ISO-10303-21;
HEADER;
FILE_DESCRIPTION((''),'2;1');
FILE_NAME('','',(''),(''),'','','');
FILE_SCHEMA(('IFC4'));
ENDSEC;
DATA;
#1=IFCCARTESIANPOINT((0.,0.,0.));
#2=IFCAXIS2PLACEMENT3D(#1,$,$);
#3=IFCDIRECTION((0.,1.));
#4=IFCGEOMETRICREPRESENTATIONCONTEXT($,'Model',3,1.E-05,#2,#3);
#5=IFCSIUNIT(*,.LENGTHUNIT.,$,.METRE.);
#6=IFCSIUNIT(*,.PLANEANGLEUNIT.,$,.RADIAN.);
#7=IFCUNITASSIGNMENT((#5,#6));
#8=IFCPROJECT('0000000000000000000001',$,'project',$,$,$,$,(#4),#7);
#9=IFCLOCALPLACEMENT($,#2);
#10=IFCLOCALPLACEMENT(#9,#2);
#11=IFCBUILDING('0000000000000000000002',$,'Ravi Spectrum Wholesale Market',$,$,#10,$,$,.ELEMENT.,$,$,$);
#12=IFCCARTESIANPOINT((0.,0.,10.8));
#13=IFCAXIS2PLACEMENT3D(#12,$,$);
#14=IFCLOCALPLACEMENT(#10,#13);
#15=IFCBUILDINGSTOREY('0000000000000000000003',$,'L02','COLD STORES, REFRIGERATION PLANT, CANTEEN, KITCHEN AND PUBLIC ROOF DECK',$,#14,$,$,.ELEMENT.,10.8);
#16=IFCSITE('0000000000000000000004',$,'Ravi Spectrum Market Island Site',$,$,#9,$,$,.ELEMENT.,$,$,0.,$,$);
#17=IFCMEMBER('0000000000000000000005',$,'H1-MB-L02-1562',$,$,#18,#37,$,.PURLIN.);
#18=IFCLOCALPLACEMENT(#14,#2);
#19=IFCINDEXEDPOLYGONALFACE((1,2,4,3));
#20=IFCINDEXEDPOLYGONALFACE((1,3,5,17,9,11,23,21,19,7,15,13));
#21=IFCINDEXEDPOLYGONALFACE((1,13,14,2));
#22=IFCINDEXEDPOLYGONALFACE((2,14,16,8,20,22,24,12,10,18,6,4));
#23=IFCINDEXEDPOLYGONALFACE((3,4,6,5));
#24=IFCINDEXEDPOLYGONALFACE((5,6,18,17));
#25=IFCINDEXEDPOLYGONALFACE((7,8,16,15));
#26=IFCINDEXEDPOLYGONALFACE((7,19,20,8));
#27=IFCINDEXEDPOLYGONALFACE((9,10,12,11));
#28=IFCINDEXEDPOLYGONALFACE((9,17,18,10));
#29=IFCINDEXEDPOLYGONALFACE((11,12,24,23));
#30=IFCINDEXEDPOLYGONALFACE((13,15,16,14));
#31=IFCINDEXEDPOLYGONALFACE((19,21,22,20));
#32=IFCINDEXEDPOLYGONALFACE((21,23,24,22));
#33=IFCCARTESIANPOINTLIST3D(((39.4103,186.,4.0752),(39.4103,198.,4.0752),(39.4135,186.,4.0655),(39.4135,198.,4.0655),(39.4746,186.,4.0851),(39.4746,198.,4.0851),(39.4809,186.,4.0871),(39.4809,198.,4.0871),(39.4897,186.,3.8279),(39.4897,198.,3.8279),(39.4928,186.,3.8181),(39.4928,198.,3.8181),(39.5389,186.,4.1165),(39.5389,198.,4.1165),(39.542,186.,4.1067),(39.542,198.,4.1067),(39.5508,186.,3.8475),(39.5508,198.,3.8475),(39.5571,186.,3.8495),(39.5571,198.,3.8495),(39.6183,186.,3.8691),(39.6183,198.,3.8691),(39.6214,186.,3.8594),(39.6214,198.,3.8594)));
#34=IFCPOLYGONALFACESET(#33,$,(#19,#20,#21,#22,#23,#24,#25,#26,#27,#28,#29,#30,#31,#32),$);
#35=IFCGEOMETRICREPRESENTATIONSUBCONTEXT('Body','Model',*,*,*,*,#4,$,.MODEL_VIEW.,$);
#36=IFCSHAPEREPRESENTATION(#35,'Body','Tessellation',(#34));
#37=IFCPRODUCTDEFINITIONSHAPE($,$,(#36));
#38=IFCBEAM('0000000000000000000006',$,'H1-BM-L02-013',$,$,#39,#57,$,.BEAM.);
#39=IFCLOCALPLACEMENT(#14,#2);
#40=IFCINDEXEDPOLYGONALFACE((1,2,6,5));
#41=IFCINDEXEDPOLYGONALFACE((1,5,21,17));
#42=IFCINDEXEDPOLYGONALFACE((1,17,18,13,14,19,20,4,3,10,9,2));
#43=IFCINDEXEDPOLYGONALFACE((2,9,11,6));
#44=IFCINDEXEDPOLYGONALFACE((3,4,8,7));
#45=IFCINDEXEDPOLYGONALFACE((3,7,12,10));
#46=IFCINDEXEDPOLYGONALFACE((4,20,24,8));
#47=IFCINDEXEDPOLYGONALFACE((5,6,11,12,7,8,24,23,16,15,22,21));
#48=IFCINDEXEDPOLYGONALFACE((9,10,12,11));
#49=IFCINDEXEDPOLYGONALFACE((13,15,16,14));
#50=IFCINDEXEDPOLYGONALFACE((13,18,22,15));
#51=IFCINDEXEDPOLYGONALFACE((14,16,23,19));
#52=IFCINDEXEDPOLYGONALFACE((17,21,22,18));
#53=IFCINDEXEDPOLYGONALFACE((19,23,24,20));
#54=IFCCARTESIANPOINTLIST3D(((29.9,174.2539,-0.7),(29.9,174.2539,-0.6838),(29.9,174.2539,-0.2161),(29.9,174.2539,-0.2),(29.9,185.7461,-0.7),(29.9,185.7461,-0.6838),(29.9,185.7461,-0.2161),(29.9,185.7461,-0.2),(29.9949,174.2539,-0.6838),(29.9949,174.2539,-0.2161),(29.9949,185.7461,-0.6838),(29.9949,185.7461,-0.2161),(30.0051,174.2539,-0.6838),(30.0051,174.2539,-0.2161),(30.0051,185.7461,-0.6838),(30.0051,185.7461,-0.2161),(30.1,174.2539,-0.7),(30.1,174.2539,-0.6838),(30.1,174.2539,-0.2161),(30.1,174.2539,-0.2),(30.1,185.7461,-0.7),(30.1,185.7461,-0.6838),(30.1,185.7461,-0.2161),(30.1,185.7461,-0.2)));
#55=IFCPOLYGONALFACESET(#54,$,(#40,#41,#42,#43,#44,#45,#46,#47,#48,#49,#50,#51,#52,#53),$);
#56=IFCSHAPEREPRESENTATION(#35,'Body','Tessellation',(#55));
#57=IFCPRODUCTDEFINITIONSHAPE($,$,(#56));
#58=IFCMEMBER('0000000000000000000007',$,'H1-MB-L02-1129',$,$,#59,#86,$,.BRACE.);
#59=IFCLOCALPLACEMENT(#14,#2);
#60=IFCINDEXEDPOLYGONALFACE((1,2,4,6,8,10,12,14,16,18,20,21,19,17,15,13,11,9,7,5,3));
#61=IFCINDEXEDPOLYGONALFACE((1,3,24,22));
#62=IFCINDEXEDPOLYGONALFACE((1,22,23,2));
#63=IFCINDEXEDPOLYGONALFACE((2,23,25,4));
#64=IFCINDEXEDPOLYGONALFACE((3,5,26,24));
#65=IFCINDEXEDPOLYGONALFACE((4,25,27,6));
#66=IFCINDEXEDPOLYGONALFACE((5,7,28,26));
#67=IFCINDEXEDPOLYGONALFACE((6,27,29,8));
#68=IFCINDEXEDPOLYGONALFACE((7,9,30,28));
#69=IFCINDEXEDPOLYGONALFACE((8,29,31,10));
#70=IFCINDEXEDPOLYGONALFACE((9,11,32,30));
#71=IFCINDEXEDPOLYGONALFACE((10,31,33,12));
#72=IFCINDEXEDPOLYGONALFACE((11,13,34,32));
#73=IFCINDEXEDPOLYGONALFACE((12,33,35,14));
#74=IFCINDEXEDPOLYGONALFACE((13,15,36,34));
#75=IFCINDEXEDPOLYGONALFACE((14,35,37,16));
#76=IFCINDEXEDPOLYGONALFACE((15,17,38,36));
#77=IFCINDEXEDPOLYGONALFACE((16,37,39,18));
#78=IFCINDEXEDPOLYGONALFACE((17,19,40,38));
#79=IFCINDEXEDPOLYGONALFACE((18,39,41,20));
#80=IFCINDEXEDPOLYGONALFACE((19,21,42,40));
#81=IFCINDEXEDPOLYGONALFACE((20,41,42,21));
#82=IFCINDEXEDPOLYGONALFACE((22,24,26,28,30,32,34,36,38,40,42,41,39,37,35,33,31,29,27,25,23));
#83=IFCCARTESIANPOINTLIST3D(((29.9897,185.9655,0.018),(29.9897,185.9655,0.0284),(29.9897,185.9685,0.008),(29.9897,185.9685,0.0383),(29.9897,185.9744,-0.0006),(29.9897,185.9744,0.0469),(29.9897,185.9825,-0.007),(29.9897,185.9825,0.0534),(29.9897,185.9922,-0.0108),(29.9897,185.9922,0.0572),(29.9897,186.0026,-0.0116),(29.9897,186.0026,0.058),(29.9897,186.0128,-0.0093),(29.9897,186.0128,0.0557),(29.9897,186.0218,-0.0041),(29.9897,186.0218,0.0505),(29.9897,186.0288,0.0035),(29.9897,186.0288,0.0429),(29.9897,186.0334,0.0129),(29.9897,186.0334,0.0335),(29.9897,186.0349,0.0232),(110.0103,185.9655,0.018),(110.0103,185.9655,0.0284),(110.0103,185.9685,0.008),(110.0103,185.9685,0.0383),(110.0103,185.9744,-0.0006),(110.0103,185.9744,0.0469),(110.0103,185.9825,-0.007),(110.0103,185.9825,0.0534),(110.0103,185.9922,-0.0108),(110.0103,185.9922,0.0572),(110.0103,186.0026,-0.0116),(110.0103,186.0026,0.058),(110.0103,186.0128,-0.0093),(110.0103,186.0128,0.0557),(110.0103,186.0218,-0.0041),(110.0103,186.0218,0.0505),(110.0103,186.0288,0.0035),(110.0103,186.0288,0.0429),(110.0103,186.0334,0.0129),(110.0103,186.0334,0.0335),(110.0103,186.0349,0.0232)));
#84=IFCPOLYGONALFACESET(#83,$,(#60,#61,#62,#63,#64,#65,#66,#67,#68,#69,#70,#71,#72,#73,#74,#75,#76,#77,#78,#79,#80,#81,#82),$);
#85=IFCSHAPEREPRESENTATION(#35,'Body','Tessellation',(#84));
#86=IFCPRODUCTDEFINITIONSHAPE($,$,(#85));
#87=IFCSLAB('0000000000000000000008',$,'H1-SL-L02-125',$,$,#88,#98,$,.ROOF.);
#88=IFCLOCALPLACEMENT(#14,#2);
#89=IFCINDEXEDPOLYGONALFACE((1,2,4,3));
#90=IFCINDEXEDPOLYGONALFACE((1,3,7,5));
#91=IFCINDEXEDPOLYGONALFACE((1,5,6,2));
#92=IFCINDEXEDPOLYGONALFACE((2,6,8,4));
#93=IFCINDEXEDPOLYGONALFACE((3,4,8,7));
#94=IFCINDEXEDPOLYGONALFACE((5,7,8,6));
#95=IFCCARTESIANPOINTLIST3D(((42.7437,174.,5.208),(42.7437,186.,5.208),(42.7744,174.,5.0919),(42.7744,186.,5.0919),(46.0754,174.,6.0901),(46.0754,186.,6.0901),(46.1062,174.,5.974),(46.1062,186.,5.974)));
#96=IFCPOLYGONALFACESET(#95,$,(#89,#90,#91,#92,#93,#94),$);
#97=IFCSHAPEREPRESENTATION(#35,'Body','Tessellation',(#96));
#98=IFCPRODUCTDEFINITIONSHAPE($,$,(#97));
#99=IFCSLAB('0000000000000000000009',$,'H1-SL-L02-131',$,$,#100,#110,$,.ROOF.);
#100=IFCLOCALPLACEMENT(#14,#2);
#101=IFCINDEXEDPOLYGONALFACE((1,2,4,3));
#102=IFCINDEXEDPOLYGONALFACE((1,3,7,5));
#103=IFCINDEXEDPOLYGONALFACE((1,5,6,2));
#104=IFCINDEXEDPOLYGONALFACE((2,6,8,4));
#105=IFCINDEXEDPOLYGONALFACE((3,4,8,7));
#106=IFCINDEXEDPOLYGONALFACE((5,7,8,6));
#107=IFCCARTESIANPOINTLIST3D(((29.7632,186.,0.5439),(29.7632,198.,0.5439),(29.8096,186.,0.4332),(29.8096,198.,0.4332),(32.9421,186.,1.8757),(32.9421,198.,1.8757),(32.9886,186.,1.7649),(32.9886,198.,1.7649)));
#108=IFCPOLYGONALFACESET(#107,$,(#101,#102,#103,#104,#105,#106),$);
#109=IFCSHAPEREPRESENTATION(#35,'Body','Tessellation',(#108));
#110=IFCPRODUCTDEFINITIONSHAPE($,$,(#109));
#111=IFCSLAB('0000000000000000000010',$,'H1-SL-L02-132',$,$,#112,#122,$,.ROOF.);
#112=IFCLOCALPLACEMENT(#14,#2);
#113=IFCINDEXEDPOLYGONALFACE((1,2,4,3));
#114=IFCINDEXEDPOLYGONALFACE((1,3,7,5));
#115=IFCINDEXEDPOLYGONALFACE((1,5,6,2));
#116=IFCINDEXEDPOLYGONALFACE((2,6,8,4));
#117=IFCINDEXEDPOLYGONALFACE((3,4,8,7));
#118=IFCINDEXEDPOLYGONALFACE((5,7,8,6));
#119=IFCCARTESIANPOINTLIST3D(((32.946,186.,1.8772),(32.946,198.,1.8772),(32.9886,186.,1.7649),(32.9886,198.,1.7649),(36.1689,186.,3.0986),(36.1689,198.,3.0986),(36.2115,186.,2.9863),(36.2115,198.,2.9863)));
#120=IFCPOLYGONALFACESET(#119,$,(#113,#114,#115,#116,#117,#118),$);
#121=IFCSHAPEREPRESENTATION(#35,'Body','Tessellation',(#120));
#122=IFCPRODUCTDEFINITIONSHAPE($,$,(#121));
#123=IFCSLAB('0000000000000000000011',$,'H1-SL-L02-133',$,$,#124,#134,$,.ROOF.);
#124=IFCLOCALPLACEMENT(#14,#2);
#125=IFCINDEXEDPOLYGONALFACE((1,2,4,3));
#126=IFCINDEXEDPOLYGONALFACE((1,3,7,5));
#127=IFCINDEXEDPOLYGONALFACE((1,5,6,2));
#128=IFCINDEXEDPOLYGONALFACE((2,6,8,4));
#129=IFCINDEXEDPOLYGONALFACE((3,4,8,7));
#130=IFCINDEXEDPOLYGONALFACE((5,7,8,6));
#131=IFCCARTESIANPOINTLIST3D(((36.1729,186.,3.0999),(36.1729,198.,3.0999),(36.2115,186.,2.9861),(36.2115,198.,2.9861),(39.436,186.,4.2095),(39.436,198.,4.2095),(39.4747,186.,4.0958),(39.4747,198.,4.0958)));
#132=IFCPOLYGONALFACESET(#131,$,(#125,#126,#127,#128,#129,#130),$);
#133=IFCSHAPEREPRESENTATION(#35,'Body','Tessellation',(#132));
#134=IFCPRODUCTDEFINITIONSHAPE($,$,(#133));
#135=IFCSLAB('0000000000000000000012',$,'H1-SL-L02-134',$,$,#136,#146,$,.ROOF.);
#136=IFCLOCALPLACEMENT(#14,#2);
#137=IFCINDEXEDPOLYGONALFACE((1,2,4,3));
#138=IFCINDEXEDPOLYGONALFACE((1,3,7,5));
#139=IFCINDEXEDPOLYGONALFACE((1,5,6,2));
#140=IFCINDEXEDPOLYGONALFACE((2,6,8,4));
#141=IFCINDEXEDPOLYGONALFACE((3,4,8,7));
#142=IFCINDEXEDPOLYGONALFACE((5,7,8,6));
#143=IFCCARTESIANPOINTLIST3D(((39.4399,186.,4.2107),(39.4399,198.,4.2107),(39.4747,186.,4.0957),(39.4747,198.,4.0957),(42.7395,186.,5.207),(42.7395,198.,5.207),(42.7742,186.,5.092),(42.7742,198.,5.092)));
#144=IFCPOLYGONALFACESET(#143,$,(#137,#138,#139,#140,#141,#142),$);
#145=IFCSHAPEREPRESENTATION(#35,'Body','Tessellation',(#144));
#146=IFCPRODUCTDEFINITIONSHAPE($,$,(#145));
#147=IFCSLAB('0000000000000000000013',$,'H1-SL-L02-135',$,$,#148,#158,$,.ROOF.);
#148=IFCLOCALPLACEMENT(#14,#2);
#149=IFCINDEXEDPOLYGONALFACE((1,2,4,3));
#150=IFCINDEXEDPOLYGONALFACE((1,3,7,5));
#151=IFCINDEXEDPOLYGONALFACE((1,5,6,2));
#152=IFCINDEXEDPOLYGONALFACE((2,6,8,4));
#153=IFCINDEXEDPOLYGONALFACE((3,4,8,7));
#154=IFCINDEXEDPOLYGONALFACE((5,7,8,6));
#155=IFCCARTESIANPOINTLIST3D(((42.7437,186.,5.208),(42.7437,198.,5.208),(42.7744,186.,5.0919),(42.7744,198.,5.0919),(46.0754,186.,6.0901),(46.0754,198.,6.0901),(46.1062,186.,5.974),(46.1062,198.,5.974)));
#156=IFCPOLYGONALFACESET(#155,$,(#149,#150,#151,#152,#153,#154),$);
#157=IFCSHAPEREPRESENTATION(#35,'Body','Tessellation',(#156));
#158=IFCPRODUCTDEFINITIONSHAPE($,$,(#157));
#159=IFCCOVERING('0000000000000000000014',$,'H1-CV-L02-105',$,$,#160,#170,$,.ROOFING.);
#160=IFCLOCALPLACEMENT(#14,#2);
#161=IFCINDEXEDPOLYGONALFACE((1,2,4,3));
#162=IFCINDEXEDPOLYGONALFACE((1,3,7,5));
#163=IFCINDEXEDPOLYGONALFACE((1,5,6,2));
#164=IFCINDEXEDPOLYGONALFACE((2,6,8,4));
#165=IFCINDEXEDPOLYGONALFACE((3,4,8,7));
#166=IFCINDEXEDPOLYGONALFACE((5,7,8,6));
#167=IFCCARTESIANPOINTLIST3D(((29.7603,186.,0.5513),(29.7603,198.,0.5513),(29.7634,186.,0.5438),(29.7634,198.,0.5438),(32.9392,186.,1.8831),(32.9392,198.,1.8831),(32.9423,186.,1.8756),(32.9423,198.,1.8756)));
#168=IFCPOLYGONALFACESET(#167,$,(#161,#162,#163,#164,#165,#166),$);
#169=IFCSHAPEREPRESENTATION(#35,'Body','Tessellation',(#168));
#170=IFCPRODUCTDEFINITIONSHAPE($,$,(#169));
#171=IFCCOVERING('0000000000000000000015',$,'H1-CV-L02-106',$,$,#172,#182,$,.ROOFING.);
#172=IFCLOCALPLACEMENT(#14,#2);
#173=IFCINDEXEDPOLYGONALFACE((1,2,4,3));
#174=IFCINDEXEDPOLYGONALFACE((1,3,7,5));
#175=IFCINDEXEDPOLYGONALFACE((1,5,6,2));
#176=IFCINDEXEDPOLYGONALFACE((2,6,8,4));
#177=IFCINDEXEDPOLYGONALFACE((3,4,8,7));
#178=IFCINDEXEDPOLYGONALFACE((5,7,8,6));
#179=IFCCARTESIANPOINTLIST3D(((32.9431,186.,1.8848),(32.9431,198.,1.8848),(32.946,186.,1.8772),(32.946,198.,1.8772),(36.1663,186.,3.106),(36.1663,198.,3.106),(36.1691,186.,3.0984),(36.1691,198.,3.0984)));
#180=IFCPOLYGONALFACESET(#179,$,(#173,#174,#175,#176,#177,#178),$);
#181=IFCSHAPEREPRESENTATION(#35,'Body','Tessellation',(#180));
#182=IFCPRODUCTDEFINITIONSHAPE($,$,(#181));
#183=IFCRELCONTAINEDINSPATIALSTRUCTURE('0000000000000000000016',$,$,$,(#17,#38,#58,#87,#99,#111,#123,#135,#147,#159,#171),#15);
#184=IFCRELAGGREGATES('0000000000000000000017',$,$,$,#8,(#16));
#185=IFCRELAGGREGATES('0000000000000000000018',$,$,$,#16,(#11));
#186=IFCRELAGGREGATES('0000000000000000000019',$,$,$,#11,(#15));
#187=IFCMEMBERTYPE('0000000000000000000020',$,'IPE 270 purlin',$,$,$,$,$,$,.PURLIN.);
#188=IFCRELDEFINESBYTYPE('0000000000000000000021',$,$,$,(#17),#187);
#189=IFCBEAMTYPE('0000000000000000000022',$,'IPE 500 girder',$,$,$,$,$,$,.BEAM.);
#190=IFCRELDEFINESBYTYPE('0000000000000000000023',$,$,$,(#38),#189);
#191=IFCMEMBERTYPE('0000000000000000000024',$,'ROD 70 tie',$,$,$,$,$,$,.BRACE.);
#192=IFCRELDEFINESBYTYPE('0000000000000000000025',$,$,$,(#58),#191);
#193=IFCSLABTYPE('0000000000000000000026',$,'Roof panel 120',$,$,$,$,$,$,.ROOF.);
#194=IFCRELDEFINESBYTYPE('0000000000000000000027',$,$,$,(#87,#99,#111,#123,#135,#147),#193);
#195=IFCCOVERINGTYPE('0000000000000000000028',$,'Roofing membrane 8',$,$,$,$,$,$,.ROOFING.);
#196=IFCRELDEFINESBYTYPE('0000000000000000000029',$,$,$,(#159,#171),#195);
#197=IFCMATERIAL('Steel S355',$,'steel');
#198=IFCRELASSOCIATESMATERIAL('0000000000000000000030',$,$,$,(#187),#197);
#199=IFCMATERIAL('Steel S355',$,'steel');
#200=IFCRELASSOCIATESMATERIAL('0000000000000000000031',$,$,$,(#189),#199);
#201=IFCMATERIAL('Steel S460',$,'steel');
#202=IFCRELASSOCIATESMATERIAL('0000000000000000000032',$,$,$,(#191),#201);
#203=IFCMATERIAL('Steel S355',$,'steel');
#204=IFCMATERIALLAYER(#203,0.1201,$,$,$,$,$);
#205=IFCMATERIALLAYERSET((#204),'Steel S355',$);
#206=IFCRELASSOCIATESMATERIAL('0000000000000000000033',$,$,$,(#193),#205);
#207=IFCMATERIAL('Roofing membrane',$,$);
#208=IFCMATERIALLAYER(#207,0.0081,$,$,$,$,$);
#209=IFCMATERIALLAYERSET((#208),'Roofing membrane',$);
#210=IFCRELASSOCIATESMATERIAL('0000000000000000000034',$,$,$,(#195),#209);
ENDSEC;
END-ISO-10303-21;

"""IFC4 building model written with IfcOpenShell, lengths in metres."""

from ifc_helpers import new_model, si_unit, direction, frame, origin, origin_2d, place, context, subcontext, project, spatial, polyline, circle, i_section, outline, extrude, material, layer, layer_set, material_profile, profile_set, type_object, element, save


model = new_model("IFC4")

# Units and contexts
model_context = context("Model", 3, precision=1e-05, world=origin(), true_north=direction((0.0, 1.0)))
body_context = subcontext(model_context, "Body", "Model", "MODEL_VIEW")
ifc_project = project(units=[si_unit("LENGTHUNIT", "METRE"), si_unit("PLANEANGLEUNIT", "RADIAN")], contexts=[model_context])

# Site, building, storey
site_placement = place(None, origin())
site = spatial("IfcSite", under=ifc_project, at=site_placement, Name="Ravi Spectrum Market Island Site", CompositionType="ELEMENT", RefElevation=0.0)
building_placement = place(site_placement, origin())
building = spatial("IfcBuilding", under=site, at=building_placement, Name="Ravi Spectrum Wholesale Market", CompositionType="ELEMENT")
storey_placement = place(building_placement, frame((0.0, 0.0, 10.8)))
storey = spatial("IfcBuildingStorey", under=building, at=storey_placement, Name="L02", Description="COLD STORES, REFRIGERATION PLANT, CANTEEN, KITCHEN AND PUBLIC ROOF DECK", CompositionType="ELEMENT", Elevation=10.8)

# Member
ifc_material_1 = material(Name="Steel S355", Category="steel")
ifc_material_profile_1 = material_profile(ifc_material_1, i_section(OverallWidth=0.135, OverallDepth=0.27, WebThickness=0.0066, FlangeThickness=0.0103, at=origin_2d()))
ifc_profile_set_1 = profile_set([ifc_material_profile_1], Name="Steel S355")
member_type_1 = type_object("IfcMemberType", Name="IPE 270 purlin", PredefinedType="PURLIN", material=ifc_profile_set_1)
for number, where, z_axis, x_axis, name in (
    (1, (39.5159, 186.0, 3.9673), (0.0, 1.0, 0.0), (-0.952184, 0.0, -0.305524), "H1-MB-L02-1562"),
):
    element("IfcMember", number, at=place(storey_placement, frame(where, z_axis=z_axis, x_axis=x_axis)), inside=storey, type_object=member_type_1, Name=name, PredefinedType="PURLIN", context=body_context, shape_type="SweptSolid", body=[
        extrude(i_section(OverallWidth=0.135, OverallDepth=0.27, WebThickness=0.0066, FlangeThickness=0.0103, at=origin_2d()), origin(), (0.0, 0.0, 1.0), 12.0),
    ])

# Beam
ifc_material_2 = material(Name="Steel S355", Category="steel")
ifc_material_profile_2 = material_profile(ifc_material_2, i_section(OverallWidth=0.2, OverallDepth=0.5, WebThickness=0.0103, FlangeThickness=0.0161, at=origin_2d()))
ifc_profile_set_2 = profile_set([ifc_material_profile_2], Name="Steel S355")
beam_type = type_object("IfcBeamType", Name="IPE 500 girder", PredefinedType="BEAM", material=ifc_profile_set_2)
beam_placement = place(storey_placement, frame((30.0, 174.2539, -0.45), z_axis=(0.0, 1.0, 0.0), x_axis=(-1.0, 0.0, 0.0)))
element("IfcBeam", 2, at=beam_placement, inside=storey, type_object=beam_type, Name="H1-BM-L02-013", PredefinedType="BEAM", context=body_context, shape_type="SweptSolid", body=[
    extrude(i_section(OverallWidth=0.2, OverallDepth=0.5, WebThickness=0.0103, FlangeThickness=0.0161, at=origin_2d()), origin(), (0.0, 0.0, 1.0), 11.4922),
])

# Member
ifc_material_3 = material(Name="Steel S460", Category="steel")
ifc_material_profile_3 = material_profile(ifc_material_3, circle(Radius=0.0349, at=origin_2d()))
ifc_profile_set_3 = profile_set([ifc_material_profile_3], Name="Steel S460")
member_type_2 = type_object("IfcMemberType", Name="ROD 70 tie", PredefinedType="BRACE", material=ifc_profile_set_3)
member_1_placement = place(storey_placement, frame((29.9897, 186.0, 0.0232), z_axis=(1.0, 0.0, 0.0), x_axis=(0.0, 1.0, 0.0)))
element("IfcMember", 3, at=member_1_placement, inside=storey, type_object=member_type_2, Name="H1-MB-L02-1129", PredefinedType="BRACE", context=body_context, shape_type="SweptSolid", body=[
    extrude(circle(Radius=0.0349, at=origin_2d()), origin(), (0.0, 0.0, 1.0), 80.0205),
])

# Slabs
ifc_material_4 = material(Name="Steel S355", Category="steel")
ifc_layer_1 = layer(ifc_material_4, 0.1201)
ifc_layer_set_1 = layer_set([ifc_layer_1], Name="Steel S355")
slab_type = type_object("IfcSlabType", Name="Roof panel 120", PredefinedType="ROOF", material=ifc_layer_set_1)
slab_1_placement = place(storey_placement, frame((42.7437, 174.0, 5.208), z_axis=(-0.25593, 0.0, 0.966695), x_axis=(0.966695, 0.0, 0.25593)))
element("IfcSlab", 4, at=slab_1_placement, inside=storey, type_object=slab_type, Name="H1-SL-L02-125", PredefinedType="ROOF", context=body_context, shape_type="SweptSolid", body=[
    extrude(outline(polyline([(0.0, 0.0), (3.4466, 0.0), (3.4466, 12.0), (0.0, 12.0), (0.0, 0.0)])), origin(), (0.0, 0.0, -1.0), 0.1201),
])
slab_2_placement = place(storey_placement, frame((29.7632, 186.0, 0.5439), z_axis=(-0.3864, 0.0, 0.922331), x_axis=(0.922331, 0.0, 0.3864)))
element("IfcSlab", 5, at=slab_2_placement, inside=storey, type_object=slab_type, Name="H1-SL-L02-131", PredefinedType="ROOF", context=body_context, shape_type="SweptSolid", body=[
    extrude(outline(polyline([(0.0, 0.0), (3.4467, 0.0), (3.4467, 12.0), (0.0, 12.0), (0.0, 0.0)])), origin(), (0.0, 0.0, -1.0), 0.1201),
])
slab_3_placement = place(storey_placement, frame((32.946, 186.0, 1.8772), z_axis=(-0.354389, 0.0, 0.935098), x_axis=(0.935098, 0.0, 0.354389)))
element("IfcSlab", 6, at=slab_3_placement, inside=storey, type_object=slab_type, Name="H1-SL-L02-132", PredefinedType="ROOF", context=body_context, shape_type="SweptSolid", body=[
    extrude(outline(polyline([(0.0, 0.0), (3.4466, 0.0), (3.4466, 12.0), (0.0, 12.0), (0.0, 0.0)])), origin(), (0.0, 0.0, -1.0), 0.1201),
])
slab_4_placement = place(storey_placement, frame((36.1729, 186.0, 3.0999), z_axis=(-0.321938, 0.0, 0.946761), x_axis=(0.946761, 0.0, 0.321938)))
element("IfcSlab", 7, at=slab_4_placement, inside=storey, type_object=slab_type, Name="H1-SL-L02-133", PredefinedType="ROOF", context=body_context, shape_type="SweptSolid", body=[
    extrude(outline(polyline([(0.0, 0.0), (3.4467, 0.0), (3.4467, 12.0), (0.0, 12.0), (0.0, 0.0)])), origin(), (0.0, 0.0, -1.0), 0.1201),
])
slab_5_placement = place(storey_placement, frame((39.4399, 186.0, 4.2107), z_axis=(-0.28907, 0.0, 0.957308), x_axis=(0.957308, 0.0, 0.28907)))
element("IfcSlab", 8, at=slab_5_placement, inside=storey, type_object=slab_type, Name="H1-SL-L02-134", PredefinedType="ROOF", context=body_context, shape_type="SweptSolid", body=[
    extrude(outline(polyline([(0.0, 0.0), (3.4467, 0.0), (3.4467, 12.0), (0.0, 12.0), (0.0, 0.0)])), origin(), (0.0, 0.0, -1.0), 0.1201),
])
slab_6_placement = place(storey_placement, frame((42.7437, 186.0, 5.208), z_axis=(-0.25593, 0.0, 0.966695), x_axis=(0.966695, 0.0, 0.25593)))
element("IfcSlab", 9, at=slab_6_placement, inside=storey, type_object=slab_type, Name="H1-SL-L02-135", PredefinedType="ROOF", context=body_context, shape_type="SweptSolid", body=[
    extrude(outline(polyline([(0.0, 0.0), (3.4466, 0.0), (3.4466, 12.0), (0.0, 12.0), (0.0, 0.0)])), origin(), (0.0, 0.0, -1.0), 0.1201),
])

# Coverings
ifc_material_5 = material(Name="Roofing membrane")
ifc_layer_2 = layer(ifc_material_5, 0.0081)
ifc_layer_set_2 = layer_set([ifc_layer_2], Name="Roofing membrane")
covering_type = type_object("IfcCoveringType", Name="Roofing membrane 8", PredefinedType="ROOFING", material=ifc_layer_set_2)
covering_1_placement = place(storey_placement, frame((29.7603, 186.0, 0.5513), z_axis=(-0.3864, 0.0, 0.922331), x_axis=(0.922331, 0.0, 0.3864)))
element("IfcCovering", 10, at=covering_1_placement, inside=storey, type_object=covering_type, Name="H1-CV-L02-105", PredefinedType="ROOFING", context=body_context, shape_type="SweptSolid", body=[
    extrude(outline(polyline([(0.0, 0.0), (3.4467, 0.0), (3.4467, 12.0), (0.0, 12.0), (0.0, 0.0)])), origin(), (0.0, 0.0, -1.0), 0.0081),
])
covering_2_placement = place(storey_placement, frame((32.9431, 186.0, 1.8848), z_axis=(-0.354304, 0.0, 0.93513), x_axis=(0.93513, 0.0, 0.354304)))
element("IfcCovering", 11, at=covering_2_placement, inside=storey, type_object=covering_type, Name="H1-CV-L02-106", PredefinedType="ROOFING", context=body_context, shape_type="SweptSolid", body=[
    extrude(outline(polyline([(0.0, 0.0), (3.4467, 0.0), (3.4467, 12.0), (0.0, 12.0), (0.0, 0.0)])), origin(), (0.0, 0.0, -1.0), 0.0081),
])

save(model, "model.ifc")
